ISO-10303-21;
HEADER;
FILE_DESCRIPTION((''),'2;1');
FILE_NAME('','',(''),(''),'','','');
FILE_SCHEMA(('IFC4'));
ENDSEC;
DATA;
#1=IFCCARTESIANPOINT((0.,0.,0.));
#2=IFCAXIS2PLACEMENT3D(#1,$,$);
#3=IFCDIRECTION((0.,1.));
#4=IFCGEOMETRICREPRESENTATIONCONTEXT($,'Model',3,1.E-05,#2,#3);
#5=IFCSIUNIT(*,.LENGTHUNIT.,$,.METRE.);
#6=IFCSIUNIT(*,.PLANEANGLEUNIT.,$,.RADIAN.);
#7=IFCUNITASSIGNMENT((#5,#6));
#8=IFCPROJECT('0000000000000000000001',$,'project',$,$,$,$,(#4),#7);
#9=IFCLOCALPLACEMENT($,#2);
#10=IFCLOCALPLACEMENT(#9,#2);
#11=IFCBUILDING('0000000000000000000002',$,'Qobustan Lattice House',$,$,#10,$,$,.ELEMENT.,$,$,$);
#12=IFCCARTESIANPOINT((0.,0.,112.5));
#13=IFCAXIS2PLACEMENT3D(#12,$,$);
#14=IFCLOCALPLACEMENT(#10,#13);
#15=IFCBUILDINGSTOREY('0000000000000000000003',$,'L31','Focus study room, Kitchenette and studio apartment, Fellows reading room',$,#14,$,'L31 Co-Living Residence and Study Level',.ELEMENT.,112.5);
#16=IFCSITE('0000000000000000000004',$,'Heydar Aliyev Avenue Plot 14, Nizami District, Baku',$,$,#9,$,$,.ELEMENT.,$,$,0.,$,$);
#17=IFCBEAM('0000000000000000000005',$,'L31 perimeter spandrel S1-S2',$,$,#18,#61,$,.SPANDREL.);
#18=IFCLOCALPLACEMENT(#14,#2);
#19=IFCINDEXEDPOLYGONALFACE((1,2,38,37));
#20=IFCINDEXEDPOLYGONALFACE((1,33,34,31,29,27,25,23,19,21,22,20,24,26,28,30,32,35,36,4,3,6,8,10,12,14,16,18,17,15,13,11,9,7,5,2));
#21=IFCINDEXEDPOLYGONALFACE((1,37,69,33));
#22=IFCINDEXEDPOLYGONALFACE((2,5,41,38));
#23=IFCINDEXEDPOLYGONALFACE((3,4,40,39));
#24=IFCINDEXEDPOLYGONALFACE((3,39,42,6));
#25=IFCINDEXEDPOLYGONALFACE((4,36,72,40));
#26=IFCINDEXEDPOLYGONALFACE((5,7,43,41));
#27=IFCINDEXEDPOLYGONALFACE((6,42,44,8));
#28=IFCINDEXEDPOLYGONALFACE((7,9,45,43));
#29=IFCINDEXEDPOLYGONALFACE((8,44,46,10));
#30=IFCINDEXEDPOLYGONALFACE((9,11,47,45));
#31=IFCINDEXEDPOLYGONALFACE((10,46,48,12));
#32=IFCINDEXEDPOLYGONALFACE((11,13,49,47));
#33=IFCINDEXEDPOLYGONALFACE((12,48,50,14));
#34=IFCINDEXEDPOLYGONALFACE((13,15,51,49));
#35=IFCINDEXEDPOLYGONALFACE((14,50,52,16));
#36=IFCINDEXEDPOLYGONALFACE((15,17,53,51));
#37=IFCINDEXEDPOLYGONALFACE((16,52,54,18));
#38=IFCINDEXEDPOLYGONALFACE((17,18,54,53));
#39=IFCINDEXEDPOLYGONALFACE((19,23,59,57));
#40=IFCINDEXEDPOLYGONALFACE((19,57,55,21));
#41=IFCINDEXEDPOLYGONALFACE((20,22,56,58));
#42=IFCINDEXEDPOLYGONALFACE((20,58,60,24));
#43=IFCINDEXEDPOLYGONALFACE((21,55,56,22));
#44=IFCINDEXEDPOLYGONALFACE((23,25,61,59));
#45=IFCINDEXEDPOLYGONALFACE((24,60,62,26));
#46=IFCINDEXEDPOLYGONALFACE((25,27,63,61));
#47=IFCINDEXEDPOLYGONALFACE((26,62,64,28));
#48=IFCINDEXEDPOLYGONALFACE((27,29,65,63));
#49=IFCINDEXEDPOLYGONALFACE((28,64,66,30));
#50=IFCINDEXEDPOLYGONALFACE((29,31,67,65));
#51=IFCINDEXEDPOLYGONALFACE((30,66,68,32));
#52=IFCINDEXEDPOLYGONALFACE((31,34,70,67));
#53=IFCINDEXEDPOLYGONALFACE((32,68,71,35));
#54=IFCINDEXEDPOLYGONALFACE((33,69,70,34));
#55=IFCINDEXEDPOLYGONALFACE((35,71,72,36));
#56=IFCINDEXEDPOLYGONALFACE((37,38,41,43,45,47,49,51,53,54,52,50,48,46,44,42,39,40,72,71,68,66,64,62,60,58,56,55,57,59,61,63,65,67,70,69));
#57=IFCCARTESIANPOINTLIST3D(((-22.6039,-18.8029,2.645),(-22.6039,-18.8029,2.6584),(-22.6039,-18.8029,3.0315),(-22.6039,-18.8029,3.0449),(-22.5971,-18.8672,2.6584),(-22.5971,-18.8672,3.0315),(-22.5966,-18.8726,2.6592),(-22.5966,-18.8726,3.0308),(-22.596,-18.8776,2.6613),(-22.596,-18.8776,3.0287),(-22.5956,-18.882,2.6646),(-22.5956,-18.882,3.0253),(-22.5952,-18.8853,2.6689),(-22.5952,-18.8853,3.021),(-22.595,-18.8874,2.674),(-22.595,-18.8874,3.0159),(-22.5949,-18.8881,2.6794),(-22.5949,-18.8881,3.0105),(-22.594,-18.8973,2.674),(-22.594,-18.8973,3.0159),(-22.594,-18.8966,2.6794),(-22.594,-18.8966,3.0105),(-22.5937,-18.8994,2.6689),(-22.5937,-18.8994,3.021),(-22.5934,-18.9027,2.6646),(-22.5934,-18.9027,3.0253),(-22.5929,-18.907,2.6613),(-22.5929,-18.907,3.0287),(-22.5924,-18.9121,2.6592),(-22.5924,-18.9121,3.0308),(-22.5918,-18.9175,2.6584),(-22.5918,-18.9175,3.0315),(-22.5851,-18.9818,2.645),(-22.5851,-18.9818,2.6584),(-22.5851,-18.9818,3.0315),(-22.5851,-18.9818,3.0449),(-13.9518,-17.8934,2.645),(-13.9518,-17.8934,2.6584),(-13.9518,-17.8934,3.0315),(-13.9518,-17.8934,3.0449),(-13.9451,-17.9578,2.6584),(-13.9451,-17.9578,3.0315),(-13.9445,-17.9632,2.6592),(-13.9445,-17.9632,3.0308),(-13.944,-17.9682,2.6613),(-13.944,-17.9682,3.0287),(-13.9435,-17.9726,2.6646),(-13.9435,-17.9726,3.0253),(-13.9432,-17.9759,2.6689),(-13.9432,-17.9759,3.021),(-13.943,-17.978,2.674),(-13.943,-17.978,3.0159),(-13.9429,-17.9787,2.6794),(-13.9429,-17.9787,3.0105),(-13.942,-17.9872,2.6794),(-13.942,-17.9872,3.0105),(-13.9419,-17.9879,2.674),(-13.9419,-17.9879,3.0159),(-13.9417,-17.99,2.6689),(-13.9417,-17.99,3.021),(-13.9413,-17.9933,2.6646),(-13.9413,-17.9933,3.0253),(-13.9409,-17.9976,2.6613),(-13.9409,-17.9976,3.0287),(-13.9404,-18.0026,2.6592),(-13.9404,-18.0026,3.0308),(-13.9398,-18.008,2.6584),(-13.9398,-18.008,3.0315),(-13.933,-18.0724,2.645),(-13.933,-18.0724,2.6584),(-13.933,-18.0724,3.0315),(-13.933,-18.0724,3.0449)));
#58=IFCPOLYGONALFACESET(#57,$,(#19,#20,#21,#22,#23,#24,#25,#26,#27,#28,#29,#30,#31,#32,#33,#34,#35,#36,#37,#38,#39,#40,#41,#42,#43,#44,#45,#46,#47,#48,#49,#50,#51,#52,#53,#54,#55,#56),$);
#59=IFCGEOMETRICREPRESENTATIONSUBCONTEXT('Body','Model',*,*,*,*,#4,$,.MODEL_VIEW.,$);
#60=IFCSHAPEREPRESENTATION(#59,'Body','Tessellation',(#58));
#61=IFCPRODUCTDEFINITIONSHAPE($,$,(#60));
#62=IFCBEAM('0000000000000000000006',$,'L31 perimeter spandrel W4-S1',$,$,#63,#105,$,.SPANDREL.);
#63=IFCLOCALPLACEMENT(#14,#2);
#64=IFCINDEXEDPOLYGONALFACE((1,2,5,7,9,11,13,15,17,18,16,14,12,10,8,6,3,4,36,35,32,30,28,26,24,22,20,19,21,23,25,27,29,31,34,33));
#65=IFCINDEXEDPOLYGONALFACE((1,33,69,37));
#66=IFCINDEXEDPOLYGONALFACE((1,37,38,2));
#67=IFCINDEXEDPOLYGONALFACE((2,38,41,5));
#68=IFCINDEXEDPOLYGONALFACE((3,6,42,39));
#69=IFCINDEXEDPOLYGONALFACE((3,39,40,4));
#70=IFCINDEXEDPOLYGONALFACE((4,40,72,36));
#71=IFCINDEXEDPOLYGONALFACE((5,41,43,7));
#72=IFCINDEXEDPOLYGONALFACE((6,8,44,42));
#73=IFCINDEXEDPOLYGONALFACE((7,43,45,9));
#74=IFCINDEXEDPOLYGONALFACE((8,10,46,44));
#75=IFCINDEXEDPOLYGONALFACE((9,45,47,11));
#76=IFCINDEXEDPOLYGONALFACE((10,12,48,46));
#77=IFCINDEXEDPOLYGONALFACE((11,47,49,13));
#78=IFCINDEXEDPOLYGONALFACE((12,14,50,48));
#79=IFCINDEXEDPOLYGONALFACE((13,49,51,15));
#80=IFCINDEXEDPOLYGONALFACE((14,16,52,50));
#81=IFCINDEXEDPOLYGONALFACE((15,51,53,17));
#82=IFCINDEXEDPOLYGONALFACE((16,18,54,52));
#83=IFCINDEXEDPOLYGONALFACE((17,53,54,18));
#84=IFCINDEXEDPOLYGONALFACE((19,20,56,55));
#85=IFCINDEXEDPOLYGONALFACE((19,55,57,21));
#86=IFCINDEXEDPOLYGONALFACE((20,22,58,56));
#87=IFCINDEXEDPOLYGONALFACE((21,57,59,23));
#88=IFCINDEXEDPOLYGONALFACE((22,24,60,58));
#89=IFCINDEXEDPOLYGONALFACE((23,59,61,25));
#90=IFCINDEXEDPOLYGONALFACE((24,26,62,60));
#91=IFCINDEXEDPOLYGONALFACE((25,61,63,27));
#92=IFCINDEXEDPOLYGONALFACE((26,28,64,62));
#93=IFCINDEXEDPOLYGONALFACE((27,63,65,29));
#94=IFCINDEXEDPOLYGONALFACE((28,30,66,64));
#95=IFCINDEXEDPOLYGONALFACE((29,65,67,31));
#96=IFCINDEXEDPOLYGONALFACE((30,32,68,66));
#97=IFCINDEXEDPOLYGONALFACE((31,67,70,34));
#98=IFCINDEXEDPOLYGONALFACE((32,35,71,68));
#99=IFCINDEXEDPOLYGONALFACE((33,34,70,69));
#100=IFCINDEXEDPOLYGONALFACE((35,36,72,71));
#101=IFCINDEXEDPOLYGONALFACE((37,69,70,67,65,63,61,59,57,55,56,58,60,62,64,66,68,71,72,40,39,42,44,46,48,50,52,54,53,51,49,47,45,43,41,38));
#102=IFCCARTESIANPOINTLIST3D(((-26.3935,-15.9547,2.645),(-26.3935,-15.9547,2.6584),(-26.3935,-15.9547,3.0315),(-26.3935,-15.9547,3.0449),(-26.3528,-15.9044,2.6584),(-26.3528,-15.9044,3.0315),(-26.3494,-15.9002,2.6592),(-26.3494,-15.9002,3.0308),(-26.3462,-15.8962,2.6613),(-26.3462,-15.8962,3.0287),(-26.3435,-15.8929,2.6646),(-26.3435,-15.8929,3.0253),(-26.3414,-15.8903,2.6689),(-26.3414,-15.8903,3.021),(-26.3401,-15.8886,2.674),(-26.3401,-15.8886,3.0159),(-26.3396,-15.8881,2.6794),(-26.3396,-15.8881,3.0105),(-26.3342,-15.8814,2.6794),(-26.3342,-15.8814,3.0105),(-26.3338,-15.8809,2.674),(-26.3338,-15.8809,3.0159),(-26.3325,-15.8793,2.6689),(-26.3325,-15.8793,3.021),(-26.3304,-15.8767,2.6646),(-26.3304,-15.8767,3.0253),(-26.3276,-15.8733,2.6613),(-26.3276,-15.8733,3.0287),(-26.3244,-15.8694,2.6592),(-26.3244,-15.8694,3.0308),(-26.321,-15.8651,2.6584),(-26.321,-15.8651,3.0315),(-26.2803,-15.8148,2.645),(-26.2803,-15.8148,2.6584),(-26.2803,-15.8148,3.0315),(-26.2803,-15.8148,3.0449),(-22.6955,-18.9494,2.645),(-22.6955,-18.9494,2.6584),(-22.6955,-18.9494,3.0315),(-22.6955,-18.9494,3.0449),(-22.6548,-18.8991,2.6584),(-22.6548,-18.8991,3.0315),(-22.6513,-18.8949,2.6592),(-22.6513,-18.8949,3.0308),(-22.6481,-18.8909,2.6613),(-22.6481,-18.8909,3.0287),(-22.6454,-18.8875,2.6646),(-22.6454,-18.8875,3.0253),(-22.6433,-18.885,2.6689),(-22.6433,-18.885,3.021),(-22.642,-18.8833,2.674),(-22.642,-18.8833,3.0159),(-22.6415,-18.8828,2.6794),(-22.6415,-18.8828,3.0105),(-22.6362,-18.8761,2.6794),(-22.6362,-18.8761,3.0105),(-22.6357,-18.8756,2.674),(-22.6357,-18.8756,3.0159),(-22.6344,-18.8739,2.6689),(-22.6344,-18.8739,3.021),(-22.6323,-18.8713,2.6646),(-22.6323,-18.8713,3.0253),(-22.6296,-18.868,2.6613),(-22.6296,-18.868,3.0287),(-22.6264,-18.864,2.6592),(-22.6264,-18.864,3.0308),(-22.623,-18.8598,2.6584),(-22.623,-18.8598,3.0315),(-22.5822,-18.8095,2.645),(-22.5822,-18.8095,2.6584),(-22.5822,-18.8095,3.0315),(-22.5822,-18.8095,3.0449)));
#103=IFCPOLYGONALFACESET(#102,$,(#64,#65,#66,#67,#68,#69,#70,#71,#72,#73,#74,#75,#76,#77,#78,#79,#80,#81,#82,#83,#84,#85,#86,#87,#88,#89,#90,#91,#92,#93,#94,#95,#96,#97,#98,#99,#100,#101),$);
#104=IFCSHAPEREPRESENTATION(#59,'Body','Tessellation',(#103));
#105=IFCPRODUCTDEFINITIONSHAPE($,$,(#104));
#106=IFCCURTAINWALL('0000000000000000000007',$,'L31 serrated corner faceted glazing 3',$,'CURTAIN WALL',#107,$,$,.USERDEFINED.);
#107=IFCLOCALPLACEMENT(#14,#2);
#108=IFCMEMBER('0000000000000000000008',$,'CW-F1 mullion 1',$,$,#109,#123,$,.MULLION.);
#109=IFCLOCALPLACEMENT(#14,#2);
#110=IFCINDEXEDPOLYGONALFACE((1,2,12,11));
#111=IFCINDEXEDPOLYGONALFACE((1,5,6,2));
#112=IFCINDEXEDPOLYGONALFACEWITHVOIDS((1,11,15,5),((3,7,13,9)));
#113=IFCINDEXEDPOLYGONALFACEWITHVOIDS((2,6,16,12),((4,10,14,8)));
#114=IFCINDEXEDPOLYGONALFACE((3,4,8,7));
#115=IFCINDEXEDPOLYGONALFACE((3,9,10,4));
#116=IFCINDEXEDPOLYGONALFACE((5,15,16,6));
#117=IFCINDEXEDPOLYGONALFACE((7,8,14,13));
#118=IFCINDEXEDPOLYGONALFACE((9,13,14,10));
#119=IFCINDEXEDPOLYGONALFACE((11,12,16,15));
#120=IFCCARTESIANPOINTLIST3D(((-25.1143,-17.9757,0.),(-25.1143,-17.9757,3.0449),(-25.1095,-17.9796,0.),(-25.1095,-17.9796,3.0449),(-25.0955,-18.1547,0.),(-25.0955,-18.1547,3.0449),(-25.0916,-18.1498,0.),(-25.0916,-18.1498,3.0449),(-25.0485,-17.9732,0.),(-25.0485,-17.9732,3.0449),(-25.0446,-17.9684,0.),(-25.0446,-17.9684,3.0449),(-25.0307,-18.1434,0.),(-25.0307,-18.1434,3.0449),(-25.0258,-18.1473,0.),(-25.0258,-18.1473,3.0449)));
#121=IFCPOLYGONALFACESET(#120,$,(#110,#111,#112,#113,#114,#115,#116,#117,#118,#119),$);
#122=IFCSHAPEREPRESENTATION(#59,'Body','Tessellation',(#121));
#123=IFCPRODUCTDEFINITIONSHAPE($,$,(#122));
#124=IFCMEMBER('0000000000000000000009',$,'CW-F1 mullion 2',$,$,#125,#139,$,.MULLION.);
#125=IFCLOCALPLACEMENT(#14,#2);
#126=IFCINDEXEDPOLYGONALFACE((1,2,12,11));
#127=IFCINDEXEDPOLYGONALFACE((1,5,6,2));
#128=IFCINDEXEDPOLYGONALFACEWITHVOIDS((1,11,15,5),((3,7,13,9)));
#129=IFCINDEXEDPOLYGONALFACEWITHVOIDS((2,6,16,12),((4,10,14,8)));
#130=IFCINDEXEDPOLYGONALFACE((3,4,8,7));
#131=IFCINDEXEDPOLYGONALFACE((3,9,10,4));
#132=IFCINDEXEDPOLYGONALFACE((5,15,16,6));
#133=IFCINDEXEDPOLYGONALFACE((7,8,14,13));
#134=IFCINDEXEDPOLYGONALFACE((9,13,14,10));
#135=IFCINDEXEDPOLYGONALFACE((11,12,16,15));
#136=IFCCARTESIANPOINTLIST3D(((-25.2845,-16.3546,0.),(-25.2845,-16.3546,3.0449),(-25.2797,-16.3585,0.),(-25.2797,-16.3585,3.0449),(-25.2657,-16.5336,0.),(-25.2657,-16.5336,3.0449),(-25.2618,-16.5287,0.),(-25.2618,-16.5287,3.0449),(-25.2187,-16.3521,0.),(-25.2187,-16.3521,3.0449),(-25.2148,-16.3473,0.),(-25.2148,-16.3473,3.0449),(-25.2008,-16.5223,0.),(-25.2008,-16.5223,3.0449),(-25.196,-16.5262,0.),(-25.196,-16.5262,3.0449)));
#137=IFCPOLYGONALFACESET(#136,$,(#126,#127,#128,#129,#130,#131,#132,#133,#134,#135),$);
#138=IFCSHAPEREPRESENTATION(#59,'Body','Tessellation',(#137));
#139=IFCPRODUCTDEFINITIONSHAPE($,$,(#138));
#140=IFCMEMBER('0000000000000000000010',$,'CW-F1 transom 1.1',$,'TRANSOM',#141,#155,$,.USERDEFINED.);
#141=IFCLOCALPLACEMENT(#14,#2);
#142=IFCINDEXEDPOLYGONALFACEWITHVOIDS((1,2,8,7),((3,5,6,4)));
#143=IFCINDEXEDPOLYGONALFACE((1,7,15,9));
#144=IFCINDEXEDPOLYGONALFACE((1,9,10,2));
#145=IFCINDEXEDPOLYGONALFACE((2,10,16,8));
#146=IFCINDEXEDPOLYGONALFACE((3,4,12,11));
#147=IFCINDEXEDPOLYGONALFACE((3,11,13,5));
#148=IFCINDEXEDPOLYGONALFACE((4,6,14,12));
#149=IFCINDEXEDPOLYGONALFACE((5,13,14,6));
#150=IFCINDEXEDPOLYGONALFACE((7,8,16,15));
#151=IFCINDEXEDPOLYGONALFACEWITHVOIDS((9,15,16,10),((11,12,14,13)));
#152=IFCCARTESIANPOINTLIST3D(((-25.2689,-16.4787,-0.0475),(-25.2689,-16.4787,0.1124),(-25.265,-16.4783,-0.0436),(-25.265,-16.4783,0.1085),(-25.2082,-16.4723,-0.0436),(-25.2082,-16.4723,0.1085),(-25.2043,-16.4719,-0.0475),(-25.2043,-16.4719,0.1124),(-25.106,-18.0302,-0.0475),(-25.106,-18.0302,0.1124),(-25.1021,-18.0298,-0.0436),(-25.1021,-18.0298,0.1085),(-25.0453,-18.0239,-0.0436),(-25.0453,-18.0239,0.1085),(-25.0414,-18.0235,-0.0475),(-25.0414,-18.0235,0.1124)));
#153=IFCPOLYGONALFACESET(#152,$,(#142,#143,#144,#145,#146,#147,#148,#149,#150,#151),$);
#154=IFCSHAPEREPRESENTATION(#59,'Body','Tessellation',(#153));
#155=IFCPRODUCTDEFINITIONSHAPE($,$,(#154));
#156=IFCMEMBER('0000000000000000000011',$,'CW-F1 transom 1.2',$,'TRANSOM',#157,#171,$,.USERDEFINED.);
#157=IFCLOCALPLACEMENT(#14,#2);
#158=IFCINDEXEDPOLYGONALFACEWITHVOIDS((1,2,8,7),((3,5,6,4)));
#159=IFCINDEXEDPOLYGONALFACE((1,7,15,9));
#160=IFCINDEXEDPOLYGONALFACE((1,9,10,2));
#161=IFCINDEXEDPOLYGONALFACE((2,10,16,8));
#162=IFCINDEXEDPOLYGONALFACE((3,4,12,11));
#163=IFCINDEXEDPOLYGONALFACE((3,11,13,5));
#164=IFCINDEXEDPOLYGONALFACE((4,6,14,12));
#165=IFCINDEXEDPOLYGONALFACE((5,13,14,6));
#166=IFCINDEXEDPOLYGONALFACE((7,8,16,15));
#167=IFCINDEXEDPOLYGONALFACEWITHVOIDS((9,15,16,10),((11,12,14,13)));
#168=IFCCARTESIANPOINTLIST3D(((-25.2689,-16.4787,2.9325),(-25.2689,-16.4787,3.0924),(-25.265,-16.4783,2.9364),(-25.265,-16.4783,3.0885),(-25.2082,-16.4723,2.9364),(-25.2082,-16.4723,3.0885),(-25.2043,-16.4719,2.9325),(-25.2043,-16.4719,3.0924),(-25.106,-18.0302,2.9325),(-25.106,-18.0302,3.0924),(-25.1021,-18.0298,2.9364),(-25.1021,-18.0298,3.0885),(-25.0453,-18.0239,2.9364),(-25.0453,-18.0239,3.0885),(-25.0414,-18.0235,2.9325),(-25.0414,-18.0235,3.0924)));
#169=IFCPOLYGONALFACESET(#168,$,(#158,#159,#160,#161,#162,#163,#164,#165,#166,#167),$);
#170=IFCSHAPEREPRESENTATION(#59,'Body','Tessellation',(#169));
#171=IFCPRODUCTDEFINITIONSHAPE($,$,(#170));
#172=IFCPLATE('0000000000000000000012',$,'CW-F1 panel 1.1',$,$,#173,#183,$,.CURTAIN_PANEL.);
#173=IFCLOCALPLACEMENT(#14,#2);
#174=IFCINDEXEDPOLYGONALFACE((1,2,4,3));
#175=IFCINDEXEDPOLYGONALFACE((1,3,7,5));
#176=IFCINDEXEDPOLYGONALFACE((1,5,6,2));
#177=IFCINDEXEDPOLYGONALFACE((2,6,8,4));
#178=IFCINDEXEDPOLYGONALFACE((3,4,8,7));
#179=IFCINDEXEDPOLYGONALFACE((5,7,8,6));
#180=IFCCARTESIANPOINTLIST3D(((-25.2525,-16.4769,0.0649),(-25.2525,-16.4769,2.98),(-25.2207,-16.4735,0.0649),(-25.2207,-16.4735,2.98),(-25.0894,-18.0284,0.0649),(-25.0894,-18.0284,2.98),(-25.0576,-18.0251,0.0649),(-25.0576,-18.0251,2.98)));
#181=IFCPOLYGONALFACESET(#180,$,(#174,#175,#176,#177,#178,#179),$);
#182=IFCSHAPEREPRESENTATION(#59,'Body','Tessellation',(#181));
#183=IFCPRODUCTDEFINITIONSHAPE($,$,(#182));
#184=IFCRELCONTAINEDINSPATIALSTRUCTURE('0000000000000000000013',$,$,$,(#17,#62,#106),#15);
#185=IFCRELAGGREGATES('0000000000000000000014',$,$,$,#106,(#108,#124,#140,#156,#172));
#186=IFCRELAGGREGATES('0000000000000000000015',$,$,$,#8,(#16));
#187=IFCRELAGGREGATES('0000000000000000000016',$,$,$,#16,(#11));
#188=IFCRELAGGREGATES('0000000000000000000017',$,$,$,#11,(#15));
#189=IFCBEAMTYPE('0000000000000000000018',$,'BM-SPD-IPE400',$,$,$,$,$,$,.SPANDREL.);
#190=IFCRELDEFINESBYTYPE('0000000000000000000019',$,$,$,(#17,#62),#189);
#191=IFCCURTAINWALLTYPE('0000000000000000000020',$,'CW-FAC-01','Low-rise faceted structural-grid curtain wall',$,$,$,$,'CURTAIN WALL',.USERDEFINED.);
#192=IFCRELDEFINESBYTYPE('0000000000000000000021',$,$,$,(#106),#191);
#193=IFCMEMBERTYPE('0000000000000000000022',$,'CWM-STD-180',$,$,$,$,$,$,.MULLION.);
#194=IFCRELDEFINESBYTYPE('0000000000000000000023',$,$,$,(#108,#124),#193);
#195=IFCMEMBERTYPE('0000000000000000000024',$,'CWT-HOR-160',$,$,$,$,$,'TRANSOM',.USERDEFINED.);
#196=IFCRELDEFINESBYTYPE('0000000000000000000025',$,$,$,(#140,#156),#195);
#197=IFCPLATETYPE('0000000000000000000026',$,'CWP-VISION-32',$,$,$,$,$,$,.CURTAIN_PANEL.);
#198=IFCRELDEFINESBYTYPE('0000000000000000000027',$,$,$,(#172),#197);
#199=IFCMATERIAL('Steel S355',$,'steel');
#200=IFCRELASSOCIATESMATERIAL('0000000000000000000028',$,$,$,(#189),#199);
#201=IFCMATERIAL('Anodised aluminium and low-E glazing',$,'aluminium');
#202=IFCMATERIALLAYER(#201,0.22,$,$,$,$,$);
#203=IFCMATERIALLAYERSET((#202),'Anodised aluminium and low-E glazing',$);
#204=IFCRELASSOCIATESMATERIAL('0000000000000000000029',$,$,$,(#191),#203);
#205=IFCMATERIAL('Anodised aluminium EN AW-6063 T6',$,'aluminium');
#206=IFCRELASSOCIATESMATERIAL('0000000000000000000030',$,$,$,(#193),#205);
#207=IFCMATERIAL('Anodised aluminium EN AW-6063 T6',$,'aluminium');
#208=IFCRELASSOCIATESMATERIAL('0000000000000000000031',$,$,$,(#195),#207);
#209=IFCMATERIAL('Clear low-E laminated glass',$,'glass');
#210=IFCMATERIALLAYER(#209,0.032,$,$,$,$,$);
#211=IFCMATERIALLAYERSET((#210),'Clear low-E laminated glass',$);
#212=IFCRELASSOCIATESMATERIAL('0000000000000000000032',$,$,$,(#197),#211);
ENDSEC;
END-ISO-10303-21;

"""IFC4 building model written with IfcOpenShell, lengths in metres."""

from ifc_helpers import new_model, si_unit, direction, frame, origin, origin_2d, place, context, subcontext, project, spatial, rectangle, hollow_rectangle, i_section, extrude, material, layer, layer_set, material_profile, profile_set, type_object, element, aggregate, save


model = new_model("IFC4")

# Units and contexts
model_context = context("Model", 3, precision=1e-05, world=origin(), true_north=direction((0.0, 1.0)))
body_context = subcontext(model_context, "Body", "Model", "MODEL_VIEW")
ifc_project = project(units=[si_unit("LENGTHUNIT", "METRE"), si_unit("PLANEANGLEUNIT", "RADIAN")], contexts=[model_context])

# Site, building, storey
site_placement = place(None, origin())
site = spatial("IfcSite", under=ifc_project, at=site_placement, Name="Heydar Aliyev Avenue Plot 14, Nizami District, Baku", CompositionType="ELEMENT", RefElevation=0.0)
building_placement = place(site_placement, origin())
building = spatial("IfcBuilding", under=site, at=building_placement, Name="Qobustan Lattice House", CompositionType="ELEMENT")
storey_placement = place(building_placement, frame((0.0, 0.0, 112.5)))
storey = spatial("IfcBuildingStorey", under=building, at=storey_placement, Name="L31", Description="Focus study room, Kitchenette and studio apartment, Fellows reading room", LongName="L31 Co-Living Residence and Study Level", CompositionType="ELEMENT", Elevation=112.5)

# Beams
ifc_material_1 = material(Name="Steel S355", Category="steel")
ifc_material_profile_1 = material_profile(ifc_material_1, i_section(OverallWidth=0.1799, OverallDepth=0.3999, WebThickness=0.0085, FlangeThickness=0.0134, FilletRadius=0.021, at=origin_2d()), Name="IPE400")
ifc_profile_set_1 = profile_set([ifc_material_profile_1], Name="Steel S355")
beam_type_1 = type_object("IfcBeamType", Name="BM-SPD-IPE400", PredefinedType="SPANDREL", material=ifc_profile_set_1)
beam_1_placement = place(storey_placement, frame((-22.5945, -18.8923, 2.845), z_axis=(0.994521, 0.104534, 0.0), x_axis=(-0.104534, 0.994521, 0.0)))
element("IfcBeam", 1, at=beam_1_placement, inside=storey, type_object=beam_type_1, Name="L31 perimeter spandrel S1-S2", PredefinedType="SPANDREL", context=body_context, shape_type="SweptSolid", body=[
    extrude(i_section(OverallWidth=0.1799, OverallDepth=0.3999, WebThickness=0.0085, FlangeThickness=0.0134, FilletRadius=0.021, at=origin_2d()), origin(), (0.0, 0.0, 1.0), 8.6997),
])
beam_2_placement = place(storey_placement, frame((-26.3369, -15.8848, 2.845), z_axis=(0.777141, -0.629327, 0.0), x_axis=(0.629327, 0.777141, 0.0)))
element("IfcBeam", 2, at=beam_2_placement, inside=storey, type_object=beam_type_1, Name="L31 perimeter spandrel W4-S1", PredefinedType="SPANDREL", context=body_context, shape_type="SweptSolid", body=[
    extrude(i_section(OverallWidth=0.1799, OverallDepth=0.3999, WebThickness=0.0085, FlangeThickness=0.0134, FilletRadius=0.021, at=origin_2d()), origin(), (0.0, 0.0, 1.0), 4.7585),
])

# Curtain wall, members, plate
ifc_material_2 = material(Name="Anodised aluminium and low-E glazing", Category="aluminium")
ifc_layer_1 = layer(ifc_material_2, 0.22)
ifc_layer_set_1 = layer_set([ifc_layer_1], Name="Anodised aluminium and low-E glazing")
curtain_wall_type = type_object("IfcCurtainWallType", Name="CW-FAC-01", Description="Low-rise faceted structural-grid curtain wall", ElementType="CURTAIN WALL", PredefinedType="USERDEFINED", material=ifc_layer_set_1)
curtain_wall_placement = place(storey_placement, origin())
curtain_wall = element("IfcCurtainWall", 3, at=curtain_wall_placement, inside=storey, type_object=curtain_wall_type, Name="L31 serrated corner faceted glazing 3", ObjectType="CURTAIN WALL", PredefinedType="USERDEFINED")
ifc_material_3 = material(Name="Anodised aluminium EN AW-6063 T6", Category="aluminium")
ifc_material_profile_2 = material_profile(ifc_material_3, hollow_rectangle(XDim=0.0701, YDim=0.1799, WallThickness=0.0044, at=origin_2d()), Name="CWM-180x70")
ifc_profile_set_2 = profile_set([ifc_material_profile_2], Name="Anodised aluminium EN AW-6063 T6")
member_type_1 = type_object("IfcMemberType", Name="CWM-STD-180", PredefinedType="MULLION", material=ifc_profile_set_2)
member_1_placement = place(storey_placement, frame((-25.0701, -18.0615, 0.0), z_axis=(0.0, 0.0, 1.0), x_axis=(-0.994522, -0.104529, 0.0)))
member_1 = element("IfcMember", 4, at=member_1_placement, type_object=member_type_1, Name="CW-F1 mullion 1", PredefinedType="MULLION", context=body_context, shape_type="SweptSolid", body=[
    extrude(hollow_rectangle(XDim=0.0701, YDim=0.1799, WallThickness=0.0044, at=origin_2d()), origin(), (0.0, 0.0, 1.0), 3.0449),
])
member_2_placement = place(storey_placement, frame((-25.2402, -16.4404, 0.0), z_axis=(0.0, 0.0, 1.0), x_axis=(-0.994522, -0.104529, 0.0)))
member_2 = element("IfcMember", 5, at=member_2_placement, type_object=member_type_1, Name="CW-F1 mullion 2", PredefinedType="MULLION", context=body_context, shape_type="SweptSolid", body=[
    extrude(hollow_rectangle(XDim=0.0701, YDim=0.1799, WallThickness=0.0044, at=origin_2d()), origin(), (0.0, 0.0, 1.0), 3.0449),
])
ifc_material_4 = material(Name="Anodised aluminium EN AW-6063 T6", Category="aluminium")
ifc_material_profile_3 = material_profile(ifc_material_4, hollow_rectangle(XDim=0.0649, YDim=0.1599, WallThickness=0.0039, at=origin_2d()), Name="CWT-160x65")
ifc_profile_set_3 = profile_set([ifc_material_profile_3], Name="Anodised aluminium EN AW-6063 T6")
member_type_2 = type_object("IfcMemberType", Name="CWT-HOR-160", ElementType="TRANSOM", PredefinedType="USERDEFINED", material=ifc_profile_set_3)
member_3_placement = place(storey_placement, frame((-25.0737, -18.0269, 0.0325), z_axis=(-0.104383, 0.994537, 0.0), x_axis=(-0.994537, -0.104383, 0.0)))
member_3 = element("IfcMember", 6, at=member_3_placement, type_object=member_type_2, Name="CW-F1 transom 1.1", ObjectType="TRANSOM", PredefinedType="USERDEFINED", context=body_context, shape_type="SweptSolid", body=[
    extrude(hollow_rectangle(XDim=0.0649, YDim=0.1599, WallThickness=0.0039, at=origin_2d()), origin(), (0.0, 0.0, 1.0), 1.5601),
])
member_4_placement = place(storey_placement, frame((-25.0737, -18.0269, 3.0125), z_axis=(-0.104383, 0.994537, 0.0), x_axis=(-0.994537, -0.104383, 0.0)))
member_4 = element("IfcMember", 7, at=member_4_placement, type_object=member_type_2, Name="CW-F1 transom 1.2", ObjectType="TRANSOM", PredefinedType="USERDEFINED", context=body_context, shape_type="SweptSolid", body=[
    extrude(hollow_rectangle(XDim=0.0649, YDim=0.1599, WallThickness=0.0039, at=origin_2d()), origin(), (0.0, 0.0, 1.0), 1.5601),
])
ifc_material_5 = material(Name="Clear low-E laminated glass", Category="glass")
ifc_layer_2 = layer(ifc_material_5, 0.032)
ifc_layer_set_2 = layer_set([ifc_layer_2], Name="Clear low-E laminated glass")
plate_type = type_object("IfcPlateType", Name="CWP-VISION-32", PredefinedType="CURTAIN_PANEL", material=ifc_layer_set_2)
plate_placement = place(storey_placement, frame((-25.155, -17.251, 0.0649), z_axis=(0.0, 0.0, 1.0), x_axis=(-0.104529, 0.994522, 0.0)))
plate = element("IfcPlate", 8, at=plate_placement, type_object=plate_type, Name="CW-F1 panel 1.1", PredefinedType="CURTAIN_PANEL", context=body_context, shape_type="SweptSolid", body=[
    extrude(rectangle(XDim=1.5601, YDim=0.032, at=origin_2d()), origin(), (0.0, 0.0, 1.0), 2.915),
])
aggregate(curtain_wall, [member_1, member_2, member_3, member_4, plate])

save(model, "model.ifc")
